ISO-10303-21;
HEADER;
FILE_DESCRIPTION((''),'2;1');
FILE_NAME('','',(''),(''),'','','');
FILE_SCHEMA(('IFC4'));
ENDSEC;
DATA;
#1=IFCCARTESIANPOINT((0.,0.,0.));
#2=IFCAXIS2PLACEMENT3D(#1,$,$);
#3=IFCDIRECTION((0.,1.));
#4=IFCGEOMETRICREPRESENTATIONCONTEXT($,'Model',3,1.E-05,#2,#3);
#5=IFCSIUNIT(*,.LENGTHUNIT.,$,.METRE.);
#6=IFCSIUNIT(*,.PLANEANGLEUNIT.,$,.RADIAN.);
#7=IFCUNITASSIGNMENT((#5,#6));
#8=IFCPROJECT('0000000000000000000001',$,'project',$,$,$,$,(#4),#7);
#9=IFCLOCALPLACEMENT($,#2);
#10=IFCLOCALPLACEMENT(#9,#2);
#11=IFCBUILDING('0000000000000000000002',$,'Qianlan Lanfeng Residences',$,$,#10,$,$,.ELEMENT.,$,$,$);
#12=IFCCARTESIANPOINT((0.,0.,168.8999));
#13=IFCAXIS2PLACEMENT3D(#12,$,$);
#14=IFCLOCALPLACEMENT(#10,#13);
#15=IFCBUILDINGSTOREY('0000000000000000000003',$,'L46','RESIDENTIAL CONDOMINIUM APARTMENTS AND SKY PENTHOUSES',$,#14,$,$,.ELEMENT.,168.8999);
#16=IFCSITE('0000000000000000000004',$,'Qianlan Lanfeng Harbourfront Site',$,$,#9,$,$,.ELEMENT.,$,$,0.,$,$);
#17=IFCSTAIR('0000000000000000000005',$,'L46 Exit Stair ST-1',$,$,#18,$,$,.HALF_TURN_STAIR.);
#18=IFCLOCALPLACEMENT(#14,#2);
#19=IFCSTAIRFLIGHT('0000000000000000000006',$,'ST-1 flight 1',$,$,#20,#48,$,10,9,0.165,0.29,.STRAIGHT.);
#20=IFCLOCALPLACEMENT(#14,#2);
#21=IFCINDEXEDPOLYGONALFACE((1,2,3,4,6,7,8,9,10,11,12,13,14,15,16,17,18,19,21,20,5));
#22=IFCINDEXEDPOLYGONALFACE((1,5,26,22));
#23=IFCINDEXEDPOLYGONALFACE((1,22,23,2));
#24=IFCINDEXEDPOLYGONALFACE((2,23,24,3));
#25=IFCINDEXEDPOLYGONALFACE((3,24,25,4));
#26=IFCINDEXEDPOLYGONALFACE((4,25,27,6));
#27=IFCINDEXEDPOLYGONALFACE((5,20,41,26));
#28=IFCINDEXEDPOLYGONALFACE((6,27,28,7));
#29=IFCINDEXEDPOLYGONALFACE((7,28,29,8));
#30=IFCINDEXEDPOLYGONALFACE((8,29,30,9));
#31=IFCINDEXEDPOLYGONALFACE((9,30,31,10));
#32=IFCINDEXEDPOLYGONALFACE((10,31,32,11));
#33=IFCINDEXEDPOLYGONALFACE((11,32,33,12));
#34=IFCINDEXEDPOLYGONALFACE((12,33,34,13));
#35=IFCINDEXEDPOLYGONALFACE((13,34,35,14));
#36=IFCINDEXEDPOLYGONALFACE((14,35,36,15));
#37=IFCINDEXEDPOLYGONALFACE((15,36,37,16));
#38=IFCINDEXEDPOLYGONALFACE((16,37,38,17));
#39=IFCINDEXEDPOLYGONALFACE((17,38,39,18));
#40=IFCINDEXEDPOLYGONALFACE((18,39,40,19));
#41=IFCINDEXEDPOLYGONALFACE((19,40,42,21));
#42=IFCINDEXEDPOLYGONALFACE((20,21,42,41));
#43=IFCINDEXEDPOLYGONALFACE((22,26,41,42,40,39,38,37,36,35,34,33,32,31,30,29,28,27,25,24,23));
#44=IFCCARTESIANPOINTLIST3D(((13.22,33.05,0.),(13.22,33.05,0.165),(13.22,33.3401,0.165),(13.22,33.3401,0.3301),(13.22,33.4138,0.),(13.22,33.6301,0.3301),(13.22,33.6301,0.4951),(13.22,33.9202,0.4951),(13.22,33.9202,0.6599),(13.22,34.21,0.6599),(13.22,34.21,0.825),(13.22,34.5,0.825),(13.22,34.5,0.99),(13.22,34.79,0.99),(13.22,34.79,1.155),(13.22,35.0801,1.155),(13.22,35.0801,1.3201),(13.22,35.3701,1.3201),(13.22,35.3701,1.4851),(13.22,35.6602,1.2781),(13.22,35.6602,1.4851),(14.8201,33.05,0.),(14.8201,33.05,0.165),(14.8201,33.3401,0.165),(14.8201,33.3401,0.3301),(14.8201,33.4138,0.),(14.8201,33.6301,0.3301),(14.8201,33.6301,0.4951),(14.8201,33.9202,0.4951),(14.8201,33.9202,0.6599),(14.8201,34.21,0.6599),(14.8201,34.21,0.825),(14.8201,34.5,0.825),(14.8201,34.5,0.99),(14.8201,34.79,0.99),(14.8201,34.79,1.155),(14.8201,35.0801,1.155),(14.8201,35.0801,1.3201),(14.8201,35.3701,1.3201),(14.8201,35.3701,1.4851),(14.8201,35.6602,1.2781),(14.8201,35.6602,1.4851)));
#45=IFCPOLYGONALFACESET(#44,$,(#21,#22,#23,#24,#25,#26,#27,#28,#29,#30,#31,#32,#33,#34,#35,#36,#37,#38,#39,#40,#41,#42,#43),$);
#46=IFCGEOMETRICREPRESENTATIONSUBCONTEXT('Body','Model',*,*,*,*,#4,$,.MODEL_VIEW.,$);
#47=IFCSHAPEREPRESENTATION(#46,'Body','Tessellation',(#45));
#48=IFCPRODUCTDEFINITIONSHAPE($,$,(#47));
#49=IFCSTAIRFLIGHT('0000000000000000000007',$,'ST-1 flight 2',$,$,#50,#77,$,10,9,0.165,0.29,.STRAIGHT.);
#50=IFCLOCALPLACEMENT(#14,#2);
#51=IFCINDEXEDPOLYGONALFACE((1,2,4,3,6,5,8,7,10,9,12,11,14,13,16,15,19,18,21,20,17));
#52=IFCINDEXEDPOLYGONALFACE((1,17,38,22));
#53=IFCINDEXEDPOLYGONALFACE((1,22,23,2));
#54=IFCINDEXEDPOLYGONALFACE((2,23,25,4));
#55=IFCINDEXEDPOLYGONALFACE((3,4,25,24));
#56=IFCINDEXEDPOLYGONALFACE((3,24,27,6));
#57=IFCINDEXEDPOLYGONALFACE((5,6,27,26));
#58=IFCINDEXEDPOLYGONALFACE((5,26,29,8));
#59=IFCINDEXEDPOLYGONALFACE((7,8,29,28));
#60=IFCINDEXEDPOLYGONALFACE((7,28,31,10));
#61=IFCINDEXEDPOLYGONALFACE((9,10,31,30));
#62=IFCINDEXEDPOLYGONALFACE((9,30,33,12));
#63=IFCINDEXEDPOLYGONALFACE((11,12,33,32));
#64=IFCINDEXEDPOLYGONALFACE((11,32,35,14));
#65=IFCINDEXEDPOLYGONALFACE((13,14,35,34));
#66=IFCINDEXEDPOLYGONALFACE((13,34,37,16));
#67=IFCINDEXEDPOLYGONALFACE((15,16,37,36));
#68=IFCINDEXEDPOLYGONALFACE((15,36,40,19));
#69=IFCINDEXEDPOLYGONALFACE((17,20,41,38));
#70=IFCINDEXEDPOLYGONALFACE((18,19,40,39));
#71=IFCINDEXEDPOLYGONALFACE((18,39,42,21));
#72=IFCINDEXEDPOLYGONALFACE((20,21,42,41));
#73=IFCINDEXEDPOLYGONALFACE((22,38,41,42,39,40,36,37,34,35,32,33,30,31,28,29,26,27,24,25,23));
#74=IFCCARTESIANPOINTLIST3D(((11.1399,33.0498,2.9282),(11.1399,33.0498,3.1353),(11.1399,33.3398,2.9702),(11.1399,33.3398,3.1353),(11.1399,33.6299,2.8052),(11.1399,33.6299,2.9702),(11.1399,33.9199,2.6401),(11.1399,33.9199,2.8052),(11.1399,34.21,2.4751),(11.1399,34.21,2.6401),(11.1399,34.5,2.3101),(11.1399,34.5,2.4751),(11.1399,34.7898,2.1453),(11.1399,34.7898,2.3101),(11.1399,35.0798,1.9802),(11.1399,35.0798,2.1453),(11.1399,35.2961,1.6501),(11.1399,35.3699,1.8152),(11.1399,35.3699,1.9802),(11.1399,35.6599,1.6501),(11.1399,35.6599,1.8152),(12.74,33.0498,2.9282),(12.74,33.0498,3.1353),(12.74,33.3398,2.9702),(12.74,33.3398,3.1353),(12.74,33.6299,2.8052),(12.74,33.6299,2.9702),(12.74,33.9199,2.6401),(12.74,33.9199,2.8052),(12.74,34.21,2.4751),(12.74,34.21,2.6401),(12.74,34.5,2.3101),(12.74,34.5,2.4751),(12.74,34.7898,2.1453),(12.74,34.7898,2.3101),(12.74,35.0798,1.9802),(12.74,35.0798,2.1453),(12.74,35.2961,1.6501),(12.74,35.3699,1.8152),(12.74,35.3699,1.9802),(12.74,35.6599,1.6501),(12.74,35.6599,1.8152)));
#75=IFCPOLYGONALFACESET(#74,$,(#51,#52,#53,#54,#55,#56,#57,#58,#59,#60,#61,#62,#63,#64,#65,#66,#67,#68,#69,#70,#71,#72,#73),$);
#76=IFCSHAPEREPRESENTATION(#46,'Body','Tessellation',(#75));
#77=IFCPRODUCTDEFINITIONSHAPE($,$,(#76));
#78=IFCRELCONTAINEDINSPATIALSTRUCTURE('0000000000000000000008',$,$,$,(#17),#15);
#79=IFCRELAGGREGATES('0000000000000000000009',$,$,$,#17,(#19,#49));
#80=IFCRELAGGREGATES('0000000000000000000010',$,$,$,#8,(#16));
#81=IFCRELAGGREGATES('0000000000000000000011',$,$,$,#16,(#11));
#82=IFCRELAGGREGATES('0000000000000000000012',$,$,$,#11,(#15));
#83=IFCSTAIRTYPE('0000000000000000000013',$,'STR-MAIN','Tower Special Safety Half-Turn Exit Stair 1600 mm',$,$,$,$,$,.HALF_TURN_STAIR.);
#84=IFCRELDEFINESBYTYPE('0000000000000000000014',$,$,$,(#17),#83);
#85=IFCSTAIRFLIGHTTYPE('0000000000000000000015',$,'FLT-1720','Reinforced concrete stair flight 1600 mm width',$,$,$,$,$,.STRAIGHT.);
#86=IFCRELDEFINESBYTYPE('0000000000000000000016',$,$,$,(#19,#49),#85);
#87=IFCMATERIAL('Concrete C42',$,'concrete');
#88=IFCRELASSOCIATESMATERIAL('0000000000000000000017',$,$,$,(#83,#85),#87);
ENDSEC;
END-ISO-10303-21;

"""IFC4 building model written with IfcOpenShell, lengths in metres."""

from ifc_helpers import new_model, si_unit, direction, frame, origin, place, context, subcontext, project, spatial, polyline, outline, extrude, material, type_object, element, aggregate, save


model = new_model("IFC4")

# Units and contexts
model_context = context("Model", 3, precision=1e-05, world=origin(), true_north=direction((0.0, 1.0)))
body_context = subcontext(model_context, "Body", "Model", "MODEL_VIEW")
ifc_project = project(units=[si_unit("LENGTHUNIT", "METRE"), si_unit("PLANEANGLEUNIT", "RADIAN")], contexts=[model_context])

# Site, building, storey
site_placement = place(None, origin())
site = spatial("IfcSite", under=ifc_project, at=site_placement, Name="Qianlan Lanfeng Harbourfront Site", CompositionType="ELEMENT", RefElevation=0.0)
building_placement = place(site_placement, origin())
building = spatial("IfcBuilding", under=site, at=building_placement, Name="Qianlan Lanfeng Residences", CompositionType="ELEMENT")
storey_placement = place(building_placement, frame((0.0, 0.0, 168.8999)))
storey = spatial("IfcBuildingStorey", under=building, at=storey_placement, Name="L46", Description="RESIDENTIAL CONDOMINIUM APARTMENTS AND SKY PENTHOUSES", CompositionType="ELEMENT", Elevation=168.8999)

# Shared definitions
ifc_material_1 = material(Name="Concrete C42", Category="concrete")

# Stair, stair flights
stair_type = type_object("IfcStairType", Name="STR-MAIN", Description="Tower Special Safety Half-Turn Exit Stair 1600 mm", PredefinedType="HALF_TURN_STAIR", material=ifc_material_1)
stair_placement = place(storey_placement, origin())
stair = element("IfcStair", 1, at=stair_placement, inside=storey, type_object=stair_type, Name="L46 Exit Stair ST-1", PredefinedType="HALF_TURN_STAIR")
stair_flight_type = type_object("IfcStairFlightType", Name="FLT-1720", Description="Reinforced concrete stair flight 1600 mm width", PredefinedType="STRAIGHT", material=ifc_material_1)
stair_flight_1_placement = place(storey_placement, frame((14.02, 33.05, 0.0), z_axis=(0.0, 0.0, 1.0), x_axis=(0.0, 1.0, 0.0)))
stair_flight_1 = element("IfcStairFlight", 2, at=stair_flight_1_placement, type_object=stair_flight_type, Name="ST-1 flight 1", NumberOfRisers=10, NumberOfTreads=9, PredefinedType="STRAIGHT", RiserHeight=0.165, TreadLength=0.29, context=body_context, shape_type="SweptSolid", body=[
    extrude(outline(polyline([(0.0, 0.0), (0.0, 0.165), (0.29, 0.165), (0.29, 0.3301), (0.5801, 0.3301), (0.5801, 0.4951), (0.8701, 0.4951), (0.8701, 0.6599), (1.1599, 0.6599), (1.1599, 0.825), (1.45, 0.825), (1.45, 0.99), (1.74, 0.99), (1.74, 1.155), (2.03, 1.155), (2.03, 1.3201), (2.3201, 1.3201), (2.3201, 1.4851), (2.6101, 1.4851), (2.6101, 1.6499), (2.6101, 1.2781), (0.3638, 0.0), (0.0, 0.0)])), frame((0.0, 0.8, 0.0), z_axis=(0.0, -1.0, 0.0), x_axis=(1.0, 0.0, 0.0)), (0.0, 0.0, 1.0), 1.6001),
])
stair_flight_2_placement = place(storey_placement, frame((11.9399, 35.6599, 1.6501), z_axis=(0.0, 0.0, 1.0), x_axis=(0.0, -1.0, 0.0)))
stair_flight_2 = element("IfcStairFlight", 3, at=stair_flight_2_placement, type_object=stair_flight_type, Name="ST-1 flight 2", NumberOfRisers=10, NumberOfTreads=9, PredefinedType="STRAIGHT", RiserHeight=0.165, TreadLength=0.29, context=body_context, shape_type="SweptSolid", body=[
    extrude(outline(polyline([(0.0, 0.0), (0.0, 0.165), (0.29, 0.165), (0.29, 0.3301), (0.5801, 0.3301), (0.5801, 0.4951), (0.8701, 0.4951), (0.8701, 0.6599), (1.1599, 0.6599), (1.1599, 0.825), (1.45, 0.825), (1.45, 0.99), (1.74, 0.99), (1.74, 1.155), (2.03, 1.155), (2.03, 1.3201), (2.3201, 1.3201), (2.3201, 1.4851), (2.6101, 1.4851), (2.6101, 1.6499), (2.6101, 1.2781), (0.3638, 0.0), (0.0, 0.0)])), frame((0.0, 0.8, 0.0), z_axis=(0.0, -1.0, 0.0), x_axis=(1.0, 0.0, 0.0)), (0.0, 0.0, 1.0), 1.6001),
])
aggregate(stair, [stair_flight_1, stair_flight_2])

save(model, "model.ifc")
